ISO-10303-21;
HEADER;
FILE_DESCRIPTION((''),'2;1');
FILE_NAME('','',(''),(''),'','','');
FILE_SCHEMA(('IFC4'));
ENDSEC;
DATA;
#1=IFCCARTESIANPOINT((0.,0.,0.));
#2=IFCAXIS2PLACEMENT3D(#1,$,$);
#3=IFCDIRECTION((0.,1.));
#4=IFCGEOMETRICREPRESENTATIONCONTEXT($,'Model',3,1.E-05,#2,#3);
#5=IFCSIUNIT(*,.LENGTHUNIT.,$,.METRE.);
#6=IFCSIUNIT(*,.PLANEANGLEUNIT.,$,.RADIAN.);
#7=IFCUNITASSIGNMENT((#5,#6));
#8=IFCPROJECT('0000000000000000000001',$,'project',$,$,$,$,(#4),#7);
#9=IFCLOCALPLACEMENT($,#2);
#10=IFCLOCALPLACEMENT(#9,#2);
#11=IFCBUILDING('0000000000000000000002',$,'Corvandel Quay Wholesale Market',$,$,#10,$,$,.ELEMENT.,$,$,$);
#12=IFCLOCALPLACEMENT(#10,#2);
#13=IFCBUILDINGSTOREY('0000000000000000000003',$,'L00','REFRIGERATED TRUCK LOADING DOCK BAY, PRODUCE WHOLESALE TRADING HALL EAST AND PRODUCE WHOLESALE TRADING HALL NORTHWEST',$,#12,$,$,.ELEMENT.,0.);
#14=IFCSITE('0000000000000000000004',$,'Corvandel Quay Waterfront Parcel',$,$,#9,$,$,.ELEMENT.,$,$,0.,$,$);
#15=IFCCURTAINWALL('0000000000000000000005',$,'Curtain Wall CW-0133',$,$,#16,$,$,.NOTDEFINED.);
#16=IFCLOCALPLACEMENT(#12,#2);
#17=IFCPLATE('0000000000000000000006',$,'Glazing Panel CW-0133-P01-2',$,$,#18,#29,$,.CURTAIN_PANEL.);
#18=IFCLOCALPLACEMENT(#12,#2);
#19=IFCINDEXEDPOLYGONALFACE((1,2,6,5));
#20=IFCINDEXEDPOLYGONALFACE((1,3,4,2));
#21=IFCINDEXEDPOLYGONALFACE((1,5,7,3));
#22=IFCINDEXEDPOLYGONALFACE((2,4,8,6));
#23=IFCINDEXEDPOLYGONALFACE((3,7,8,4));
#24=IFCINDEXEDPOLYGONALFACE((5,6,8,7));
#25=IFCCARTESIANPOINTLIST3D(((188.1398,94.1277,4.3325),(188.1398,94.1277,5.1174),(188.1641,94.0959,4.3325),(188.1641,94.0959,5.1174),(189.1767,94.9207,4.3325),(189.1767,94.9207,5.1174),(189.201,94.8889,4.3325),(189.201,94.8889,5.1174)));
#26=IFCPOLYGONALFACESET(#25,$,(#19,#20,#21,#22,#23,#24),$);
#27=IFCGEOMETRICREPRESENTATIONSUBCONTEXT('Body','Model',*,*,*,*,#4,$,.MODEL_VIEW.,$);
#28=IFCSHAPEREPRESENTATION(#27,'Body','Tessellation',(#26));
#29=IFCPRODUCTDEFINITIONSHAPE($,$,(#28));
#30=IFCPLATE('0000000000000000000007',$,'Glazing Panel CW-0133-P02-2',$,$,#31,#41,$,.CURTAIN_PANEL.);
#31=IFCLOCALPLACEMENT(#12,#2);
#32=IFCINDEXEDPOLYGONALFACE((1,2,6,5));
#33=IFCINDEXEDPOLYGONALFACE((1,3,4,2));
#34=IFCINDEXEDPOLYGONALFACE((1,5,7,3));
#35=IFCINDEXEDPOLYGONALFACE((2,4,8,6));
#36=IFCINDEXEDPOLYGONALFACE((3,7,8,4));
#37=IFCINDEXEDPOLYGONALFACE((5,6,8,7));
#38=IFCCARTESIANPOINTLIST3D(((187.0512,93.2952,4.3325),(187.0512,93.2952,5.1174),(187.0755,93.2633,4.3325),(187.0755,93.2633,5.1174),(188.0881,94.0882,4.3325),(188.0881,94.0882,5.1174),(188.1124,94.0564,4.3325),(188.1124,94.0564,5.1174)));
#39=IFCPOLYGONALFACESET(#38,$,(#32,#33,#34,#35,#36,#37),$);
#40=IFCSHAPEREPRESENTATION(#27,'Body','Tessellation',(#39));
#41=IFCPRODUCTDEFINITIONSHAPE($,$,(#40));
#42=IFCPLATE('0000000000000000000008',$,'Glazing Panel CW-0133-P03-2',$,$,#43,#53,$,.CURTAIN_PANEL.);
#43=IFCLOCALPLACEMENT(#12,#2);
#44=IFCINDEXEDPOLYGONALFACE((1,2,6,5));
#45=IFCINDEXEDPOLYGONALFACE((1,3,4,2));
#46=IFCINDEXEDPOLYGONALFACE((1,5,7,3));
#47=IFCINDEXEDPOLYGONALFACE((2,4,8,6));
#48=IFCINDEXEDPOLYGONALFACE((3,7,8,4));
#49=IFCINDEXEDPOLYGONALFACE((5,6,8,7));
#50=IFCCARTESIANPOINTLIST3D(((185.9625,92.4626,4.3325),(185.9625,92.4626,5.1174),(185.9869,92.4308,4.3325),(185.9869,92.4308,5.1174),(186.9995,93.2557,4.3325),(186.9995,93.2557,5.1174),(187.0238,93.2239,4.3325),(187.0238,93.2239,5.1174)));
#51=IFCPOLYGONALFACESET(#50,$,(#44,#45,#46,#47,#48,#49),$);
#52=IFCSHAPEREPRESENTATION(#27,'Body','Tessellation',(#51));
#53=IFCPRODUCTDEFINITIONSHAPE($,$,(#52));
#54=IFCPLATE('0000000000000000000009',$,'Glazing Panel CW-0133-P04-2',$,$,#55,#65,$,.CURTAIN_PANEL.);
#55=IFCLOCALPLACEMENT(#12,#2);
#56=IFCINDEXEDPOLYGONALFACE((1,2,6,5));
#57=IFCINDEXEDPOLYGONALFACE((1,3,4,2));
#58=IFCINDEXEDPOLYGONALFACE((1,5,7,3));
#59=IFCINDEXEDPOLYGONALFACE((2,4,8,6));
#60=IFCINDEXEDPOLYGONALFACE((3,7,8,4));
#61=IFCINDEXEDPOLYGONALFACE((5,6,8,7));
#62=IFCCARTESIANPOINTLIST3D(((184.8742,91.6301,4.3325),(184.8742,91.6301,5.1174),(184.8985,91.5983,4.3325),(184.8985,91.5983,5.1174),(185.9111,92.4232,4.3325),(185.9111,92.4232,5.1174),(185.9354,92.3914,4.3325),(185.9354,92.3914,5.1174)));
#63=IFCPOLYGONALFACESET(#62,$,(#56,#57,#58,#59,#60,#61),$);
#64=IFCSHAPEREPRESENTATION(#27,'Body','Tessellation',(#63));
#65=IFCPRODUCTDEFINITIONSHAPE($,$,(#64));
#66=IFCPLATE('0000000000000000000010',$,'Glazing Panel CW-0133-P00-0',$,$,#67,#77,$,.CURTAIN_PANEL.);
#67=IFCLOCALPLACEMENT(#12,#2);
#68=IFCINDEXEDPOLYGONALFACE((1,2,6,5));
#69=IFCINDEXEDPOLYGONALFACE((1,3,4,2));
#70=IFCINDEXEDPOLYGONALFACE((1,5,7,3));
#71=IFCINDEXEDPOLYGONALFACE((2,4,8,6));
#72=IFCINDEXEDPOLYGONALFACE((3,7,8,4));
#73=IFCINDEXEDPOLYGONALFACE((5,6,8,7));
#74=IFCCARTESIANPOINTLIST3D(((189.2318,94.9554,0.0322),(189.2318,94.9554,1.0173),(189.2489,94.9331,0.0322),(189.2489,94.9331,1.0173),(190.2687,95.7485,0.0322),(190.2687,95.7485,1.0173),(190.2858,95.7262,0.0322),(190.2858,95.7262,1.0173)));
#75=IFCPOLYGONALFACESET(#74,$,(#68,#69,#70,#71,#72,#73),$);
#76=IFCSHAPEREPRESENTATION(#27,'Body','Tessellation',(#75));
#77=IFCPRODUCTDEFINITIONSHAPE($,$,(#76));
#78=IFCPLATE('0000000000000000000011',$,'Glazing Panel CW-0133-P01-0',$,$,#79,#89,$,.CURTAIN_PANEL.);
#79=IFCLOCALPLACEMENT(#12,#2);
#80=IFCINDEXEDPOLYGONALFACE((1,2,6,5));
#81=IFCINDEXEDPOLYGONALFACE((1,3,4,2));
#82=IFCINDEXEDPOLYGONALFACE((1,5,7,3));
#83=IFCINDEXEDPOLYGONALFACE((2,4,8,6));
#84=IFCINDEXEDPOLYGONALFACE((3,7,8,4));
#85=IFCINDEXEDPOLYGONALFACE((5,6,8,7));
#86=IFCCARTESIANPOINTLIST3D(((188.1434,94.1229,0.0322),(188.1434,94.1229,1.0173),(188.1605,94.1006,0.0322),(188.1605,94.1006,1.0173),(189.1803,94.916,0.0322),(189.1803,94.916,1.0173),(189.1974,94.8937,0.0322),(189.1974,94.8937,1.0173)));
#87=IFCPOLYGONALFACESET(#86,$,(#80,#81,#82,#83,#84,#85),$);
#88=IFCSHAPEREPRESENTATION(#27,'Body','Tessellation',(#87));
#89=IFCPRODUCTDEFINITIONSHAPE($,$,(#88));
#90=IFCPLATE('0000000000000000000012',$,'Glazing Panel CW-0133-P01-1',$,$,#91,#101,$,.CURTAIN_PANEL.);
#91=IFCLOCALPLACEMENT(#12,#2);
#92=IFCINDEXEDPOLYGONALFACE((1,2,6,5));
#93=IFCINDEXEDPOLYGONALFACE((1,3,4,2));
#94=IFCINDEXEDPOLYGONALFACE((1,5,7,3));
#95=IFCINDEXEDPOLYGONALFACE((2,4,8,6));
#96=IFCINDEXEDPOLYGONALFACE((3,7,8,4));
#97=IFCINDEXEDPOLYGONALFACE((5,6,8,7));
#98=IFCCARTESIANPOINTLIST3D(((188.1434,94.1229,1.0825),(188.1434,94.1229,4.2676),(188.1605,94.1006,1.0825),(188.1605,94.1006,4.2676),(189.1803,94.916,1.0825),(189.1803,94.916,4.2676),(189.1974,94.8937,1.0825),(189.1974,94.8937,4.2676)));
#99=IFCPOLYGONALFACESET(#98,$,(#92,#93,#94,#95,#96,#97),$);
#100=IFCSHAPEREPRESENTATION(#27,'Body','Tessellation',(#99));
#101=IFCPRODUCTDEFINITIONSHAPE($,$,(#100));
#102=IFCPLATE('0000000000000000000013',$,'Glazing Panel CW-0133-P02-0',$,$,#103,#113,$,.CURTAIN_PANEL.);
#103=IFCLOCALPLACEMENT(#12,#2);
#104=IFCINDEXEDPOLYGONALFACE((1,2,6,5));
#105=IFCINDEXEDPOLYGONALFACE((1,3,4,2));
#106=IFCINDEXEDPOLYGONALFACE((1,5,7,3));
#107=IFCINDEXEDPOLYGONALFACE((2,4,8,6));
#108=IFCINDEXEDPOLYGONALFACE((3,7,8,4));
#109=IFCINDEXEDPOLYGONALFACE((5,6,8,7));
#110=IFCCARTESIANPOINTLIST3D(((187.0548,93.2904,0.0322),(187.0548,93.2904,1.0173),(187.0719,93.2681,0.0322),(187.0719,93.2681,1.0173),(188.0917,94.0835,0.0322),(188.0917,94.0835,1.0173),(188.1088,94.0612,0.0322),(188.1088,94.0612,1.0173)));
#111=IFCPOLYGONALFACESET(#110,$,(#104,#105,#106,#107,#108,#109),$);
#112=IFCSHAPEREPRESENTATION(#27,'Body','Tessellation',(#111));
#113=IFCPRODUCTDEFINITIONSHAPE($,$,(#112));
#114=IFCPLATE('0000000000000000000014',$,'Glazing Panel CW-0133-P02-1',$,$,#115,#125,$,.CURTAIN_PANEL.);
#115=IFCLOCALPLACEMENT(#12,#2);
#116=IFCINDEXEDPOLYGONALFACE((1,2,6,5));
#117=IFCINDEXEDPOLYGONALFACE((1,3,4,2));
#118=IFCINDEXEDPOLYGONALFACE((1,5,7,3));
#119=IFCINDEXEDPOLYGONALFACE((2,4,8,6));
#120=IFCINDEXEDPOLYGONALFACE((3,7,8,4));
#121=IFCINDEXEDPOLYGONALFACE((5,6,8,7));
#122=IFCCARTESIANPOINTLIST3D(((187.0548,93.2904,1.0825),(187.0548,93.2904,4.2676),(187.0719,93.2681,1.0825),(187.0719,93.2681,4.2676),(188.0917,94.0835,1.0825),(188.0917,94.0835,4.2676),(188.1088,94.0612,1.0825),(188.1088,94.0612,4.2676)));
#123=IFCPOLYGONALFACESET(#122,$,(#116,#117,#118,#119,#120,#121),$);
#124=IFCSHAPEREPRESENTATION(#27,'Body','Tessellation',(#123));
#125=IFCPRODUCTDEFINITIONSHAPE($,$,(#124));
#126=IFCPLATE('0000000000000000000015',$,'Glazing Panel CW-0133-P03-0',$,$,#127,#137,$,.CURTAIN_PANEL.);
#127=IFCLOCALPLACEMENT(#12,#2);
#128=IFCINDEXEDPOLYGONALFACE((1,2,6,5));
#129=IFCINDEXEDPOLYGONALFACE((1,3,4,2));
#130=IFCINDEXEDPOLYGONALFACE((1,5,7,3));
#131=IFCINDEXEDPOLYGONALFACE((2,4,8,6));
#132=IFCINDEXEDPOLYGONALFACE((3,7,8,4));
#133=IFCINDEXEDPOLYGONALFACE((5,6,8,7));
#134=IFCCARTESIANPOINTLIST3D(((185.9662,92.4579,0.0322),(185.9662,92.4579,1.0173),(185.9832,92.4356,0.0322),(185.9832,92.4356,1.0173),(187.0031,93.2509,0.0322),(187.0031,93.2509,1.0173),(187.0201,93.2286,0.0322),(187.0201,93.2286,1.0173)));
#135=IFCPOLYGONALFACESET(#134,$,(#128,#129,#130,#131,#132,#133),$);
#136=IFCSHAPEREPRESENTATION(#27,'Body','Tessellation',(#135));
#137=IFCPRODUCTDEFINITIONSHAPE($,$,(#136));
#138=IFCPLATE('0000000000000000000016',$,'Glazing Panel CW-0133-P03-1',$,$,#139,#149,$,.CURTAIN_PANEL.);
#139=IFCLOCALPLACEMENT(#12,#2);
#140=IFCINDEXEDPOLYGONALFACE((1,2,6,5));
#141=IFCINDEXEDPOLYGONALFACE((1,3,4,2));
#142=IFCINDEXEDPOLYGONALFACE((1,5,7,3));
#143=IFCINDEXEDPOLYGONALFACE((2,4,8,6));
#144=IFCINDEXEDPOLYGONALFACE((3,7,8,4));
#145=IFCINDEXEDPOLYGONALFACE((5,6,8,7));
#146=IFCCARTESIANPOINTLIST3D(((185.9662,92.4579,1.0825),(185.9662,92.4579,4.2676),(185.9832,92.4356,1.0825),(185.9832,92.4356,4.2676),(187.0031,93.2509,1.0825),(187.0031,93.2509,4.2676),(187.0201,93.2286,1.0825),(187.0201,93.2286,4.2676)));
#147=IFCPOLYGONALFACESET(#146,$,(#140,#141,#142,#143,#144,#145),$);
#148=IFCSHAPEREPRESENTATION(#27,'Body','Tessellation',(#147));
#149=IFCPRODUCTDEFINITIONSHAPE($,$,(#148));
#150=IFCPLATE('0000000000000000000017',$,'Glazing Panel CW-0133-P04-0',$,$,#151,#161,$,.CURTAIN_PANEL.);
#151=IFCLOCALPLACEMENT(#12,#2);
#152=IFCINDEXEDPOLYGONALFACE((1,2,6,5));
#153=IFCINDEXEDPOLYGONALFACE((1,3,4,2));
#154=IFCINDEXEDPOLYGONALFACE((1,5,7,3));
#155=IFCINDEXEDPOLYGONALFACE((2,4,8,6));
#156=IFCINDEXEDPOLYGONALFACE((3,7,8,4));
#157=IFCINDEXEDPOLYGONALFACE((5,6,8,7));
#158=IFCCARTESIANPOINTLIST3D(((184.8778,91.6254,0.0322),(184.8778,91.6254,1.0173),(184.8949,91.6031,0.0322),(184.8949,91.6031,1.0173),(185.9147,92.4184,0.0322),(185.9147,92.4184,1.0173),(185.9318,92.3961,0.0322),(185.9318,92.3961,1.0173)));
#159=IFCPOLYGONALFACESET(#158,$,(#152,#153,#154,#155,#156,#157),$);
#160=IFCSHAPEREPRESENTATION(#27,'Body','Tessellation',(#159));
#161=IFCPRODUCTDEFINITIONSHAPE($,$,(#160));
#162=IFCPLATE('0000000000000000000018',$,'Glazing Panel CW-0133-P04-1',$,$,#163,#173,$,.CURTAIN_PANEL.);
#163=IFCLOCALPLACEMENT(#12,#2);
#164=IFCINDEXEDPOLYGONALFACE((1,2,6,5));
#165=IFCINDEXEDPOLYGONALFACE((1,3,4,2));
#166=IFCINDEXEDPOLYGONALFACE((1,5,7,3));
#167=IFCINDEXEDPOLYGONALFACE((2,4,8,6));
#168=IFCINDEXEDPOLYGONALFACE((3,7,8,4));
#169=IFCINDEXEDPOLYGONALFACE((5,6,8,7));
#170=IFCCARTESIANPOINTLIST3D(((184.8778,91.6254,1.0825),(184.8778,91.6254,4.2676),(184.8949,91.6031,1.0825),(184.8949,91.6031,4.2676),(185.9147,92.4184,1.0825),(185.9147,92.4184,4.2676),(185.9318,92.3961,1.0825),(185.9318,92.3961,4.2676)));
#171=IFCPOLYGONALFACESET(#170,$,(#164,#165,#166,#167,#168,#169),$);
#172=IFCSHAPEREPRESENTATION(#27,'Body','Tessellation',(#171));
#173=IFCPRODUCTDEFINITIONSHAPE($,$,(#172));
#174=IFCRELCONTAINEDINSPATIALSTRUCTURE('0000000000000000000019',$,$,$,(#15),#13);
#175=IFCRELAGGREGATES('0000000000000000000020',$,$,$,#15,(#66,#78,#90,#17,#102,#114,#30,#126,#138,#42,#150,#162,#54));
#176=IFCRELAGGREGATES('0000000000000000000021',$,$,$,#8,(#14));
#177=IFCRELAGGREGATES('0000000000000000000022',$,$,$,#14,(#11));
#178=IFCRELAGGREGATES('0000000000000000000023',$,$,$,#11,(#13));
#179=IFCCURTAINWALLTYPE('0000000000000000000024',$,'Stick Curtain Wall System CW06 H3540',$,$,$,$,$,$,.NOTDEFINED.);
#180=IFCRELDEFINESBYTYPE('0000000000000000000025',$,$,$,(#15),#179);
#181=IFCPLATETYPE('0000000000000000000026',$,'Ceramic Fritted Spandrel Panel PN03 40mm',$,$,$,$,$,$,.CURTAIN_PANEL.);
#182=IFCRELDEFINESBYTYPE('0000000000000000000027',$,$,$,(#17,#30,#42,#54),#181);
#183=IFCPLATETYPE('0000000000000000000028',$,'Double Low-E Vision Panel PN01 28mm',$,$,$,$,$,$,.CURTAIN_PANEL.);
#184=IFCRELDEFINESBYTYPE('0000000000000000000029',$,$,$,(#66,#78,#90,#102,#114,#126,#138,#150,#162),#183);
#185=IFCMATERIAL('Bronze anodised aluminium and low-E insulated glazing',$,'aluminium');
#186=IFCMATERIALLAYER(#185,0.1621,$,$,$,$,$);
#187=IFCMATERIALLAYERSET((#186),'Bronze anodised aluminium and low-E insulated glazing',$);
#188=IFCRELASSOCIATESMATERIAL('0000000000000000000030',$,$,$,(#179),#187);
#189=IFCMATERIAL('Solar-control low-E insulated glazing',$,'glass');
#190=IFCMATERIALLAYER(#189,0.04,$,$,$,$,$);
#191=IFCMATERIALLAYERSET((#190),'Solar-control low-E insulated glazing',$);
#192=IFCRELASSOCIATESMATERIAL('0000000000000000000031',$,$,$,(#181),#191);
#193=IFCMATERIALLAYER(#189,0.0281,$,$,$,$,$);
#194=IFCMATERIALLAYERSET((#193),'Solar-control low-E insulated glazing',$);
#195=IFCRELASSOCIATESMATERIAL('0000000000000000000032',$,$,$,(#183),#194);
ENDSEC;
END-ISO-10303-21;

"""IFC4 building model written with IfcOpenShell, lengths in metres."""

from ifc_helpers import new_model, si_unit, direction, frame, origin, origin_2d, place, context, subcontext, project, spatial, rectangle, extrude, material, layer, layer_set, type_object, element, aggregate, save


model = new_model("IFC4")

# Units and contexts
model_context = context("Model", 3, precision=1e-05, world=origin(), true_north=direction((0.0, 1.0)))
body_context = subcontext(model_context, "Body", "Model", "MODEL_VIEW")
ifc_project = project(units=[si_unit("LENGTHUNIT", "METRE"), si_unit("PLANEANGLEUNIT", "RADIAN")], contexts=[model_context])

# Site, building, storey
site_placement = place(None, origin())
site = spatial("IfcSite", under=ifc_project, at=site_placement, Name="Corvandel Quay Waterfront Parcel", CompositionType="ELEMENT", RefElevation=0.0)
building_placement = place(site_placement, origin())
building = spatial("IfcBuilding", under=site, at=building_placement, Name="Corvandel Quay Wholesale Market", CompositionType="ELEMENT")
storey_placement = place(building_placement, origin())
storey = spatial("IfcBuildingStorey", under=building, at=storey_placement, Name="L00", Description="REFRIGERATED TRUCK LOADING DOCK BAY, PRODUCE WHOLESALE TRADING HALL EAST AND PRODUCE WHOLESALE TRADING HALL NORTHWEST", CompositionType="ELEMENT", Elevation=0.0)

# Curtain wall, plates
ifc_material_1 = material(Name="Bronze anodised aluminium and low-E insulated glazing", Category="aluminium")
ifc_layer_1 = layer(ifc_material_1, 0.1621)
ifc_layer_set_1 = layer_set([ifc_layer_1], Name="Bronze anodised aluminium and low-E insulated glazing")
curtain_wall_type = type_object("IfcCurtainWallType", Name="Stick Curtain Wall System CW06 H3540", PredefinedType="NOTDEFINED", material=ifc_layer_set_1)
curtain_wall_placement = place(storey_placement, origin())
curtain_wall = element("IfcCurtainWall", 1, at=curtain_wall_placement, inside=storey, type_object=curtain_wall_type, Name="Curtain Wall CW-0133", PredefinedType="NOTDEFINED")
ifc_material_2 = material(Name="Solar-control low-E insulated glazing", Category="glass")
ifc_layer_2 = layer(ifc_material_2, 0.04)
ifc_layer_set_2 = layer_set([ifc_layer_2], Name="Solar-control low-E insulated glazing")
plate_type_1 = type_object("IfcPlateType", Name="Ceramic Fritted Spandrel Panel PN03 40mm", PredefinedType="CURTAIN_PANEL", material=ifc_layer_set_2)
plate_1_placement = place(storey_placement, frame((188.6704, 94.5083, 4.3325), z_axis=(0.0, 0.0, 1.0), x_axis=(0.794309, 0.607514, 0.0)))
plate_1 = element("IfcPlate", 2, at=plate_1_placement, type_object=plate_type_1, Name="Glazing Panel CW-0133-P01-2", PredefinedType="CURTAIN_PANEL", context=body_context, shape_type="SweptSolid", body=[
    extrude(rectangle(XDim=1.3054, YDim=0.04, at=origin_2d()), origin(), (0.0, 0.0, 1.0), 0.7849),
])
plate_2_placement = place(storey_placement, frame((187.5818, 93.6758, 4.3325), z_axis=(0.0, 0.0, 1.0), x_axis=(0.794309, 0.607514, 0.0)))
plate_2 = element("IfcPlate", 3, at=plate_2_placement, type_object=plate_type_1, Name="Glazing Panel CW-0133-P02-2", PredefinedType="CURTAIN_PANEL", context=body_context, shape_type="SweptSolid", body=[
    extrude(rectangle(XDim=1.3054, YDim=0.04, at=origin_2d()), origin(), (0.0, 0.0, 1.0), 0.7849),
])
plate_3_placement = place(storey_placement, frame((186.4932, 92.8433, 4.3325), z_axis=(0.0, 0.0, 1.0), x_axis=(0.794309, 0.607514, 0.0)))
plate_3 = element("IfcPlate", 4, at=plate_3_placement, type_object=plate_type_1, Name="Glazing Panel CW-0133-P03-2", PredefinedType="CURTAIN_PANEL", context=body_context, shape_type="SweptSolid", body=[
    extrude(rectangle(XDim=1.3054, YDim=0.04, at=origin_2d()), origin(), (0.0, 0.0, 1.0), 0.7849),
])
plate_4_placement = place(storey_placement, frame((185.4048, 92.0107, 4.3325), z_axis=(0.0, 0.0, 1.0), x_axis=(0.794309, 0.607514, 0.0)))
plate_4 = element("IfcPlate", 5, at=plate_4_placement, type_object=plate_type_1, Name="Glazing Panel CW-0133-P04-2", PredefinedType="CURTAIN_PANEL", context=body_context, shape_type="SweptSolid", body=[
    extrude(rectangle(XDim=1.3054, YDim=0.04, at=origin_2d()), origin(), (0.0, 0.0, 1.0), 0.7849),
])
ifc_layer_3 = layer(ifc_material_2, 0.0281)
ifc_layer_set_3 = layer_set([ifc_layer_3], Name="Solar-control low-E insulated glazing")
plate_type_2 = type_object("IfcPlateType", Name="Double Low-E Vision Panel PN01 28mm", PredefinedType="CURTAIN_PANEL", material=ifc_layer_set_3)
plate_5_placement = place(storey_placement, frame((189.7588, 95.3408, 0.0322), z_axis=(0.0, 0.0, 1.0), x_axis=(0.794309, 0.607514, 0.0)))
plate_5 = element("IfcPlate", 6, at=plate_5_placement, type_object=plate_type_2, Name="Glazing Panel CW-0133-P00-0", PredefinedType="CURTAIN_PANEL", context=body_context, shape_type="SweptSolid", body=[
    extrude(rectangle(XDim=1.3054, YDim=0.0281, at=origin_2d()), origin(), (0.0, 0.0, 1.0), 0.9851),
])
plate_6_placement = place(storey_placement, frame((188.6704, 94.5083, 0.0322), z_axis=(0.0, 0.0, 1.0), x_axis=(0.794309, 0.607514, 0.0)))
plate_6 = element("IfcPlate", 7, at=plate_6_placement, type_object=plate_type_2, Name="Glazing Panel CW-0133-P01-0", PredefinedType="CURTAIN_PANEL", context=body_context, shape_type="SweptSolid", body=[
    extrude(rectangle(XDim=1.3054, YDim=0.0281, at=origin_2d()), origin(), (0.0, 0.0, 1.0), 0.9851),
])
plate_7_placement = place(storey_placement, frame((188.6704, 94.5083, 1.0825), z_axis=(0.0, 0.0, 1.0), x_axis=(0.794309, 0.607514, 0.0)))
plate_7 = element("IfcPlate", 8, at=plate_7_placement, type_object=plate_type_2, Name="Glazing Panel CW-0133-P01-1", PredefinedType="CURTAIN_PANEL", context=body_context, shape_type="SweptSolid", body=[
    extrude(rectangle(XDim=1.3054, YDim=0.0281, at=origin_2d()), origin(), (0.0, 0.0, 1.0), 3.1851),
])
plate_8_placement = place(storey_placement, frame((187.5818, 93.6758, 0.0322), z_axis=(0.0, 0.0, 1.0), x_axis=(0.794309, 0.607514, 0.0)))
plate_8 = element("IfcPlate", 9, at=plate_8_placement, type_object=plate_type_2, Name="Glazing Panel CW-0133-P02-0", PredefinedType="CURTAIN_PANEL", context=body_context, shape_type="SweptSolid", body=[
    extrude(rectangle(XDim=1.3054, YDim=0.0281, at=origin_2d()), origin(), (0.0, 0.0, 1.0), 0.9851),
])
plate_9_placement = place(storey_placement, frame((187.5818, 93.6758, 1.0825), z_axis=(0.0, 0.0, 1.0), x_axis=(0.794309, 0.607514, 0.0)))
plate_9 = element("IfcPlate", 10, at=plate_9_placement, type_object=plate_type_2, Name="Glazing Panel CW-0133-P02-1", PredefinedType="CURTAIN_PANEL", context=body_context, shape_type="SweptSolid", body=[
    extrude(rectangle(XDim=1.3054, YDim=0.0281, at=origin_2d()), origin(), (0.0, 0.0, 1.0), 3.1851),
])
plate_10_placement = place(storey_placement, frame((186.4932, 92.8433, 0.0322), z_axis=(0.0, 0.0, 1.0), x_axis=(0.794309, 0.607514, 0.0)))
plate_10 = element("IfcPlate", 11, at=plate_10_placement, type_object=plate_type_2, Name="Glazing Panel CW-0133-P03-0", PredefinedType="CURTAIN_PANEL", context=body_context, shape_type="SweptSolid", body=[
    extrude(rectangle(XDim=1.3054, YDim=0.0281, at=origin_2d()), origin(), (0.0, 0.0, 1.0), 0.9851),
])
plate_11_placement = place(storey_placement, frame((186.4932, 92.8433, 1.0825), z_axis=(0.0, 0.0, 1.0), x_axis=(0.794309, 0.607514, 0.0)))
plate_11 = element("IfcPlate", 12, at=plate_11_placement, type_object=plate_type_2, Name="Glazing Panel CW-0133-P03-1", PredefinedType="CURTAIN_PANEL", context=body_context, shape_type="SweptSolid", body=[
    extrude(rectangle(XDim=1.3054, YDim=0.0281, at=origin_2d()), origin(), (0.0, 0.0, 1.0), 3.1851),
])
plate_12_placement = place(storey_placement, frame((185.4048, 92.0107, 0.0322), z_axis=(0.0, 0.0, 1.0), x_axis=(0.794309, 0.607514, 0.0)))
plate_12 = element("IfcPlate", 13, at=plate_12_placement, type_object=plate_type_2, Name="Glazing Panel CW-0133-P04-0", PredefinedType="CURTAIN_PANEL", context=body_context, shape_type="SweptSolid", body=[
    extrude(rectangle(XDim=1.3054, YDim=0.0281, at=origin_2d()), origin(), (0.0, 0.0, 1.0), 0.9851),
])
plate_13_placement = place(storey_placement, frame((185.4048, 92.0107, 1.0825), z_axis=(0.0, 0.0, 1.0), x_axis=(0.794309, 0.607514, 0.0)))
plate_13 = element("IfcPlate", 14, at=plate_13_placement, type_object=plate_type_2, Name="Glazing Panel CW-0133-P04-1", PredefinedType="CURTAIN_PANEL", context=body_context, shape_type="SweptSolid", body=[
    extrude(rectangle(XDim=1.3054, YDim=0.0281, at=origin_2d()), origin(), (0.0, 0.0, 1.0), 3.1851),
])
aggregate(curtain_wall, [plate_5, plate_6, plate_7, plate_1, plate_8, plate_9, plate_2, plate_10, plate_11, plate_3, plate_12, plate_13, plate_4])

save(model, "model.ifc")
